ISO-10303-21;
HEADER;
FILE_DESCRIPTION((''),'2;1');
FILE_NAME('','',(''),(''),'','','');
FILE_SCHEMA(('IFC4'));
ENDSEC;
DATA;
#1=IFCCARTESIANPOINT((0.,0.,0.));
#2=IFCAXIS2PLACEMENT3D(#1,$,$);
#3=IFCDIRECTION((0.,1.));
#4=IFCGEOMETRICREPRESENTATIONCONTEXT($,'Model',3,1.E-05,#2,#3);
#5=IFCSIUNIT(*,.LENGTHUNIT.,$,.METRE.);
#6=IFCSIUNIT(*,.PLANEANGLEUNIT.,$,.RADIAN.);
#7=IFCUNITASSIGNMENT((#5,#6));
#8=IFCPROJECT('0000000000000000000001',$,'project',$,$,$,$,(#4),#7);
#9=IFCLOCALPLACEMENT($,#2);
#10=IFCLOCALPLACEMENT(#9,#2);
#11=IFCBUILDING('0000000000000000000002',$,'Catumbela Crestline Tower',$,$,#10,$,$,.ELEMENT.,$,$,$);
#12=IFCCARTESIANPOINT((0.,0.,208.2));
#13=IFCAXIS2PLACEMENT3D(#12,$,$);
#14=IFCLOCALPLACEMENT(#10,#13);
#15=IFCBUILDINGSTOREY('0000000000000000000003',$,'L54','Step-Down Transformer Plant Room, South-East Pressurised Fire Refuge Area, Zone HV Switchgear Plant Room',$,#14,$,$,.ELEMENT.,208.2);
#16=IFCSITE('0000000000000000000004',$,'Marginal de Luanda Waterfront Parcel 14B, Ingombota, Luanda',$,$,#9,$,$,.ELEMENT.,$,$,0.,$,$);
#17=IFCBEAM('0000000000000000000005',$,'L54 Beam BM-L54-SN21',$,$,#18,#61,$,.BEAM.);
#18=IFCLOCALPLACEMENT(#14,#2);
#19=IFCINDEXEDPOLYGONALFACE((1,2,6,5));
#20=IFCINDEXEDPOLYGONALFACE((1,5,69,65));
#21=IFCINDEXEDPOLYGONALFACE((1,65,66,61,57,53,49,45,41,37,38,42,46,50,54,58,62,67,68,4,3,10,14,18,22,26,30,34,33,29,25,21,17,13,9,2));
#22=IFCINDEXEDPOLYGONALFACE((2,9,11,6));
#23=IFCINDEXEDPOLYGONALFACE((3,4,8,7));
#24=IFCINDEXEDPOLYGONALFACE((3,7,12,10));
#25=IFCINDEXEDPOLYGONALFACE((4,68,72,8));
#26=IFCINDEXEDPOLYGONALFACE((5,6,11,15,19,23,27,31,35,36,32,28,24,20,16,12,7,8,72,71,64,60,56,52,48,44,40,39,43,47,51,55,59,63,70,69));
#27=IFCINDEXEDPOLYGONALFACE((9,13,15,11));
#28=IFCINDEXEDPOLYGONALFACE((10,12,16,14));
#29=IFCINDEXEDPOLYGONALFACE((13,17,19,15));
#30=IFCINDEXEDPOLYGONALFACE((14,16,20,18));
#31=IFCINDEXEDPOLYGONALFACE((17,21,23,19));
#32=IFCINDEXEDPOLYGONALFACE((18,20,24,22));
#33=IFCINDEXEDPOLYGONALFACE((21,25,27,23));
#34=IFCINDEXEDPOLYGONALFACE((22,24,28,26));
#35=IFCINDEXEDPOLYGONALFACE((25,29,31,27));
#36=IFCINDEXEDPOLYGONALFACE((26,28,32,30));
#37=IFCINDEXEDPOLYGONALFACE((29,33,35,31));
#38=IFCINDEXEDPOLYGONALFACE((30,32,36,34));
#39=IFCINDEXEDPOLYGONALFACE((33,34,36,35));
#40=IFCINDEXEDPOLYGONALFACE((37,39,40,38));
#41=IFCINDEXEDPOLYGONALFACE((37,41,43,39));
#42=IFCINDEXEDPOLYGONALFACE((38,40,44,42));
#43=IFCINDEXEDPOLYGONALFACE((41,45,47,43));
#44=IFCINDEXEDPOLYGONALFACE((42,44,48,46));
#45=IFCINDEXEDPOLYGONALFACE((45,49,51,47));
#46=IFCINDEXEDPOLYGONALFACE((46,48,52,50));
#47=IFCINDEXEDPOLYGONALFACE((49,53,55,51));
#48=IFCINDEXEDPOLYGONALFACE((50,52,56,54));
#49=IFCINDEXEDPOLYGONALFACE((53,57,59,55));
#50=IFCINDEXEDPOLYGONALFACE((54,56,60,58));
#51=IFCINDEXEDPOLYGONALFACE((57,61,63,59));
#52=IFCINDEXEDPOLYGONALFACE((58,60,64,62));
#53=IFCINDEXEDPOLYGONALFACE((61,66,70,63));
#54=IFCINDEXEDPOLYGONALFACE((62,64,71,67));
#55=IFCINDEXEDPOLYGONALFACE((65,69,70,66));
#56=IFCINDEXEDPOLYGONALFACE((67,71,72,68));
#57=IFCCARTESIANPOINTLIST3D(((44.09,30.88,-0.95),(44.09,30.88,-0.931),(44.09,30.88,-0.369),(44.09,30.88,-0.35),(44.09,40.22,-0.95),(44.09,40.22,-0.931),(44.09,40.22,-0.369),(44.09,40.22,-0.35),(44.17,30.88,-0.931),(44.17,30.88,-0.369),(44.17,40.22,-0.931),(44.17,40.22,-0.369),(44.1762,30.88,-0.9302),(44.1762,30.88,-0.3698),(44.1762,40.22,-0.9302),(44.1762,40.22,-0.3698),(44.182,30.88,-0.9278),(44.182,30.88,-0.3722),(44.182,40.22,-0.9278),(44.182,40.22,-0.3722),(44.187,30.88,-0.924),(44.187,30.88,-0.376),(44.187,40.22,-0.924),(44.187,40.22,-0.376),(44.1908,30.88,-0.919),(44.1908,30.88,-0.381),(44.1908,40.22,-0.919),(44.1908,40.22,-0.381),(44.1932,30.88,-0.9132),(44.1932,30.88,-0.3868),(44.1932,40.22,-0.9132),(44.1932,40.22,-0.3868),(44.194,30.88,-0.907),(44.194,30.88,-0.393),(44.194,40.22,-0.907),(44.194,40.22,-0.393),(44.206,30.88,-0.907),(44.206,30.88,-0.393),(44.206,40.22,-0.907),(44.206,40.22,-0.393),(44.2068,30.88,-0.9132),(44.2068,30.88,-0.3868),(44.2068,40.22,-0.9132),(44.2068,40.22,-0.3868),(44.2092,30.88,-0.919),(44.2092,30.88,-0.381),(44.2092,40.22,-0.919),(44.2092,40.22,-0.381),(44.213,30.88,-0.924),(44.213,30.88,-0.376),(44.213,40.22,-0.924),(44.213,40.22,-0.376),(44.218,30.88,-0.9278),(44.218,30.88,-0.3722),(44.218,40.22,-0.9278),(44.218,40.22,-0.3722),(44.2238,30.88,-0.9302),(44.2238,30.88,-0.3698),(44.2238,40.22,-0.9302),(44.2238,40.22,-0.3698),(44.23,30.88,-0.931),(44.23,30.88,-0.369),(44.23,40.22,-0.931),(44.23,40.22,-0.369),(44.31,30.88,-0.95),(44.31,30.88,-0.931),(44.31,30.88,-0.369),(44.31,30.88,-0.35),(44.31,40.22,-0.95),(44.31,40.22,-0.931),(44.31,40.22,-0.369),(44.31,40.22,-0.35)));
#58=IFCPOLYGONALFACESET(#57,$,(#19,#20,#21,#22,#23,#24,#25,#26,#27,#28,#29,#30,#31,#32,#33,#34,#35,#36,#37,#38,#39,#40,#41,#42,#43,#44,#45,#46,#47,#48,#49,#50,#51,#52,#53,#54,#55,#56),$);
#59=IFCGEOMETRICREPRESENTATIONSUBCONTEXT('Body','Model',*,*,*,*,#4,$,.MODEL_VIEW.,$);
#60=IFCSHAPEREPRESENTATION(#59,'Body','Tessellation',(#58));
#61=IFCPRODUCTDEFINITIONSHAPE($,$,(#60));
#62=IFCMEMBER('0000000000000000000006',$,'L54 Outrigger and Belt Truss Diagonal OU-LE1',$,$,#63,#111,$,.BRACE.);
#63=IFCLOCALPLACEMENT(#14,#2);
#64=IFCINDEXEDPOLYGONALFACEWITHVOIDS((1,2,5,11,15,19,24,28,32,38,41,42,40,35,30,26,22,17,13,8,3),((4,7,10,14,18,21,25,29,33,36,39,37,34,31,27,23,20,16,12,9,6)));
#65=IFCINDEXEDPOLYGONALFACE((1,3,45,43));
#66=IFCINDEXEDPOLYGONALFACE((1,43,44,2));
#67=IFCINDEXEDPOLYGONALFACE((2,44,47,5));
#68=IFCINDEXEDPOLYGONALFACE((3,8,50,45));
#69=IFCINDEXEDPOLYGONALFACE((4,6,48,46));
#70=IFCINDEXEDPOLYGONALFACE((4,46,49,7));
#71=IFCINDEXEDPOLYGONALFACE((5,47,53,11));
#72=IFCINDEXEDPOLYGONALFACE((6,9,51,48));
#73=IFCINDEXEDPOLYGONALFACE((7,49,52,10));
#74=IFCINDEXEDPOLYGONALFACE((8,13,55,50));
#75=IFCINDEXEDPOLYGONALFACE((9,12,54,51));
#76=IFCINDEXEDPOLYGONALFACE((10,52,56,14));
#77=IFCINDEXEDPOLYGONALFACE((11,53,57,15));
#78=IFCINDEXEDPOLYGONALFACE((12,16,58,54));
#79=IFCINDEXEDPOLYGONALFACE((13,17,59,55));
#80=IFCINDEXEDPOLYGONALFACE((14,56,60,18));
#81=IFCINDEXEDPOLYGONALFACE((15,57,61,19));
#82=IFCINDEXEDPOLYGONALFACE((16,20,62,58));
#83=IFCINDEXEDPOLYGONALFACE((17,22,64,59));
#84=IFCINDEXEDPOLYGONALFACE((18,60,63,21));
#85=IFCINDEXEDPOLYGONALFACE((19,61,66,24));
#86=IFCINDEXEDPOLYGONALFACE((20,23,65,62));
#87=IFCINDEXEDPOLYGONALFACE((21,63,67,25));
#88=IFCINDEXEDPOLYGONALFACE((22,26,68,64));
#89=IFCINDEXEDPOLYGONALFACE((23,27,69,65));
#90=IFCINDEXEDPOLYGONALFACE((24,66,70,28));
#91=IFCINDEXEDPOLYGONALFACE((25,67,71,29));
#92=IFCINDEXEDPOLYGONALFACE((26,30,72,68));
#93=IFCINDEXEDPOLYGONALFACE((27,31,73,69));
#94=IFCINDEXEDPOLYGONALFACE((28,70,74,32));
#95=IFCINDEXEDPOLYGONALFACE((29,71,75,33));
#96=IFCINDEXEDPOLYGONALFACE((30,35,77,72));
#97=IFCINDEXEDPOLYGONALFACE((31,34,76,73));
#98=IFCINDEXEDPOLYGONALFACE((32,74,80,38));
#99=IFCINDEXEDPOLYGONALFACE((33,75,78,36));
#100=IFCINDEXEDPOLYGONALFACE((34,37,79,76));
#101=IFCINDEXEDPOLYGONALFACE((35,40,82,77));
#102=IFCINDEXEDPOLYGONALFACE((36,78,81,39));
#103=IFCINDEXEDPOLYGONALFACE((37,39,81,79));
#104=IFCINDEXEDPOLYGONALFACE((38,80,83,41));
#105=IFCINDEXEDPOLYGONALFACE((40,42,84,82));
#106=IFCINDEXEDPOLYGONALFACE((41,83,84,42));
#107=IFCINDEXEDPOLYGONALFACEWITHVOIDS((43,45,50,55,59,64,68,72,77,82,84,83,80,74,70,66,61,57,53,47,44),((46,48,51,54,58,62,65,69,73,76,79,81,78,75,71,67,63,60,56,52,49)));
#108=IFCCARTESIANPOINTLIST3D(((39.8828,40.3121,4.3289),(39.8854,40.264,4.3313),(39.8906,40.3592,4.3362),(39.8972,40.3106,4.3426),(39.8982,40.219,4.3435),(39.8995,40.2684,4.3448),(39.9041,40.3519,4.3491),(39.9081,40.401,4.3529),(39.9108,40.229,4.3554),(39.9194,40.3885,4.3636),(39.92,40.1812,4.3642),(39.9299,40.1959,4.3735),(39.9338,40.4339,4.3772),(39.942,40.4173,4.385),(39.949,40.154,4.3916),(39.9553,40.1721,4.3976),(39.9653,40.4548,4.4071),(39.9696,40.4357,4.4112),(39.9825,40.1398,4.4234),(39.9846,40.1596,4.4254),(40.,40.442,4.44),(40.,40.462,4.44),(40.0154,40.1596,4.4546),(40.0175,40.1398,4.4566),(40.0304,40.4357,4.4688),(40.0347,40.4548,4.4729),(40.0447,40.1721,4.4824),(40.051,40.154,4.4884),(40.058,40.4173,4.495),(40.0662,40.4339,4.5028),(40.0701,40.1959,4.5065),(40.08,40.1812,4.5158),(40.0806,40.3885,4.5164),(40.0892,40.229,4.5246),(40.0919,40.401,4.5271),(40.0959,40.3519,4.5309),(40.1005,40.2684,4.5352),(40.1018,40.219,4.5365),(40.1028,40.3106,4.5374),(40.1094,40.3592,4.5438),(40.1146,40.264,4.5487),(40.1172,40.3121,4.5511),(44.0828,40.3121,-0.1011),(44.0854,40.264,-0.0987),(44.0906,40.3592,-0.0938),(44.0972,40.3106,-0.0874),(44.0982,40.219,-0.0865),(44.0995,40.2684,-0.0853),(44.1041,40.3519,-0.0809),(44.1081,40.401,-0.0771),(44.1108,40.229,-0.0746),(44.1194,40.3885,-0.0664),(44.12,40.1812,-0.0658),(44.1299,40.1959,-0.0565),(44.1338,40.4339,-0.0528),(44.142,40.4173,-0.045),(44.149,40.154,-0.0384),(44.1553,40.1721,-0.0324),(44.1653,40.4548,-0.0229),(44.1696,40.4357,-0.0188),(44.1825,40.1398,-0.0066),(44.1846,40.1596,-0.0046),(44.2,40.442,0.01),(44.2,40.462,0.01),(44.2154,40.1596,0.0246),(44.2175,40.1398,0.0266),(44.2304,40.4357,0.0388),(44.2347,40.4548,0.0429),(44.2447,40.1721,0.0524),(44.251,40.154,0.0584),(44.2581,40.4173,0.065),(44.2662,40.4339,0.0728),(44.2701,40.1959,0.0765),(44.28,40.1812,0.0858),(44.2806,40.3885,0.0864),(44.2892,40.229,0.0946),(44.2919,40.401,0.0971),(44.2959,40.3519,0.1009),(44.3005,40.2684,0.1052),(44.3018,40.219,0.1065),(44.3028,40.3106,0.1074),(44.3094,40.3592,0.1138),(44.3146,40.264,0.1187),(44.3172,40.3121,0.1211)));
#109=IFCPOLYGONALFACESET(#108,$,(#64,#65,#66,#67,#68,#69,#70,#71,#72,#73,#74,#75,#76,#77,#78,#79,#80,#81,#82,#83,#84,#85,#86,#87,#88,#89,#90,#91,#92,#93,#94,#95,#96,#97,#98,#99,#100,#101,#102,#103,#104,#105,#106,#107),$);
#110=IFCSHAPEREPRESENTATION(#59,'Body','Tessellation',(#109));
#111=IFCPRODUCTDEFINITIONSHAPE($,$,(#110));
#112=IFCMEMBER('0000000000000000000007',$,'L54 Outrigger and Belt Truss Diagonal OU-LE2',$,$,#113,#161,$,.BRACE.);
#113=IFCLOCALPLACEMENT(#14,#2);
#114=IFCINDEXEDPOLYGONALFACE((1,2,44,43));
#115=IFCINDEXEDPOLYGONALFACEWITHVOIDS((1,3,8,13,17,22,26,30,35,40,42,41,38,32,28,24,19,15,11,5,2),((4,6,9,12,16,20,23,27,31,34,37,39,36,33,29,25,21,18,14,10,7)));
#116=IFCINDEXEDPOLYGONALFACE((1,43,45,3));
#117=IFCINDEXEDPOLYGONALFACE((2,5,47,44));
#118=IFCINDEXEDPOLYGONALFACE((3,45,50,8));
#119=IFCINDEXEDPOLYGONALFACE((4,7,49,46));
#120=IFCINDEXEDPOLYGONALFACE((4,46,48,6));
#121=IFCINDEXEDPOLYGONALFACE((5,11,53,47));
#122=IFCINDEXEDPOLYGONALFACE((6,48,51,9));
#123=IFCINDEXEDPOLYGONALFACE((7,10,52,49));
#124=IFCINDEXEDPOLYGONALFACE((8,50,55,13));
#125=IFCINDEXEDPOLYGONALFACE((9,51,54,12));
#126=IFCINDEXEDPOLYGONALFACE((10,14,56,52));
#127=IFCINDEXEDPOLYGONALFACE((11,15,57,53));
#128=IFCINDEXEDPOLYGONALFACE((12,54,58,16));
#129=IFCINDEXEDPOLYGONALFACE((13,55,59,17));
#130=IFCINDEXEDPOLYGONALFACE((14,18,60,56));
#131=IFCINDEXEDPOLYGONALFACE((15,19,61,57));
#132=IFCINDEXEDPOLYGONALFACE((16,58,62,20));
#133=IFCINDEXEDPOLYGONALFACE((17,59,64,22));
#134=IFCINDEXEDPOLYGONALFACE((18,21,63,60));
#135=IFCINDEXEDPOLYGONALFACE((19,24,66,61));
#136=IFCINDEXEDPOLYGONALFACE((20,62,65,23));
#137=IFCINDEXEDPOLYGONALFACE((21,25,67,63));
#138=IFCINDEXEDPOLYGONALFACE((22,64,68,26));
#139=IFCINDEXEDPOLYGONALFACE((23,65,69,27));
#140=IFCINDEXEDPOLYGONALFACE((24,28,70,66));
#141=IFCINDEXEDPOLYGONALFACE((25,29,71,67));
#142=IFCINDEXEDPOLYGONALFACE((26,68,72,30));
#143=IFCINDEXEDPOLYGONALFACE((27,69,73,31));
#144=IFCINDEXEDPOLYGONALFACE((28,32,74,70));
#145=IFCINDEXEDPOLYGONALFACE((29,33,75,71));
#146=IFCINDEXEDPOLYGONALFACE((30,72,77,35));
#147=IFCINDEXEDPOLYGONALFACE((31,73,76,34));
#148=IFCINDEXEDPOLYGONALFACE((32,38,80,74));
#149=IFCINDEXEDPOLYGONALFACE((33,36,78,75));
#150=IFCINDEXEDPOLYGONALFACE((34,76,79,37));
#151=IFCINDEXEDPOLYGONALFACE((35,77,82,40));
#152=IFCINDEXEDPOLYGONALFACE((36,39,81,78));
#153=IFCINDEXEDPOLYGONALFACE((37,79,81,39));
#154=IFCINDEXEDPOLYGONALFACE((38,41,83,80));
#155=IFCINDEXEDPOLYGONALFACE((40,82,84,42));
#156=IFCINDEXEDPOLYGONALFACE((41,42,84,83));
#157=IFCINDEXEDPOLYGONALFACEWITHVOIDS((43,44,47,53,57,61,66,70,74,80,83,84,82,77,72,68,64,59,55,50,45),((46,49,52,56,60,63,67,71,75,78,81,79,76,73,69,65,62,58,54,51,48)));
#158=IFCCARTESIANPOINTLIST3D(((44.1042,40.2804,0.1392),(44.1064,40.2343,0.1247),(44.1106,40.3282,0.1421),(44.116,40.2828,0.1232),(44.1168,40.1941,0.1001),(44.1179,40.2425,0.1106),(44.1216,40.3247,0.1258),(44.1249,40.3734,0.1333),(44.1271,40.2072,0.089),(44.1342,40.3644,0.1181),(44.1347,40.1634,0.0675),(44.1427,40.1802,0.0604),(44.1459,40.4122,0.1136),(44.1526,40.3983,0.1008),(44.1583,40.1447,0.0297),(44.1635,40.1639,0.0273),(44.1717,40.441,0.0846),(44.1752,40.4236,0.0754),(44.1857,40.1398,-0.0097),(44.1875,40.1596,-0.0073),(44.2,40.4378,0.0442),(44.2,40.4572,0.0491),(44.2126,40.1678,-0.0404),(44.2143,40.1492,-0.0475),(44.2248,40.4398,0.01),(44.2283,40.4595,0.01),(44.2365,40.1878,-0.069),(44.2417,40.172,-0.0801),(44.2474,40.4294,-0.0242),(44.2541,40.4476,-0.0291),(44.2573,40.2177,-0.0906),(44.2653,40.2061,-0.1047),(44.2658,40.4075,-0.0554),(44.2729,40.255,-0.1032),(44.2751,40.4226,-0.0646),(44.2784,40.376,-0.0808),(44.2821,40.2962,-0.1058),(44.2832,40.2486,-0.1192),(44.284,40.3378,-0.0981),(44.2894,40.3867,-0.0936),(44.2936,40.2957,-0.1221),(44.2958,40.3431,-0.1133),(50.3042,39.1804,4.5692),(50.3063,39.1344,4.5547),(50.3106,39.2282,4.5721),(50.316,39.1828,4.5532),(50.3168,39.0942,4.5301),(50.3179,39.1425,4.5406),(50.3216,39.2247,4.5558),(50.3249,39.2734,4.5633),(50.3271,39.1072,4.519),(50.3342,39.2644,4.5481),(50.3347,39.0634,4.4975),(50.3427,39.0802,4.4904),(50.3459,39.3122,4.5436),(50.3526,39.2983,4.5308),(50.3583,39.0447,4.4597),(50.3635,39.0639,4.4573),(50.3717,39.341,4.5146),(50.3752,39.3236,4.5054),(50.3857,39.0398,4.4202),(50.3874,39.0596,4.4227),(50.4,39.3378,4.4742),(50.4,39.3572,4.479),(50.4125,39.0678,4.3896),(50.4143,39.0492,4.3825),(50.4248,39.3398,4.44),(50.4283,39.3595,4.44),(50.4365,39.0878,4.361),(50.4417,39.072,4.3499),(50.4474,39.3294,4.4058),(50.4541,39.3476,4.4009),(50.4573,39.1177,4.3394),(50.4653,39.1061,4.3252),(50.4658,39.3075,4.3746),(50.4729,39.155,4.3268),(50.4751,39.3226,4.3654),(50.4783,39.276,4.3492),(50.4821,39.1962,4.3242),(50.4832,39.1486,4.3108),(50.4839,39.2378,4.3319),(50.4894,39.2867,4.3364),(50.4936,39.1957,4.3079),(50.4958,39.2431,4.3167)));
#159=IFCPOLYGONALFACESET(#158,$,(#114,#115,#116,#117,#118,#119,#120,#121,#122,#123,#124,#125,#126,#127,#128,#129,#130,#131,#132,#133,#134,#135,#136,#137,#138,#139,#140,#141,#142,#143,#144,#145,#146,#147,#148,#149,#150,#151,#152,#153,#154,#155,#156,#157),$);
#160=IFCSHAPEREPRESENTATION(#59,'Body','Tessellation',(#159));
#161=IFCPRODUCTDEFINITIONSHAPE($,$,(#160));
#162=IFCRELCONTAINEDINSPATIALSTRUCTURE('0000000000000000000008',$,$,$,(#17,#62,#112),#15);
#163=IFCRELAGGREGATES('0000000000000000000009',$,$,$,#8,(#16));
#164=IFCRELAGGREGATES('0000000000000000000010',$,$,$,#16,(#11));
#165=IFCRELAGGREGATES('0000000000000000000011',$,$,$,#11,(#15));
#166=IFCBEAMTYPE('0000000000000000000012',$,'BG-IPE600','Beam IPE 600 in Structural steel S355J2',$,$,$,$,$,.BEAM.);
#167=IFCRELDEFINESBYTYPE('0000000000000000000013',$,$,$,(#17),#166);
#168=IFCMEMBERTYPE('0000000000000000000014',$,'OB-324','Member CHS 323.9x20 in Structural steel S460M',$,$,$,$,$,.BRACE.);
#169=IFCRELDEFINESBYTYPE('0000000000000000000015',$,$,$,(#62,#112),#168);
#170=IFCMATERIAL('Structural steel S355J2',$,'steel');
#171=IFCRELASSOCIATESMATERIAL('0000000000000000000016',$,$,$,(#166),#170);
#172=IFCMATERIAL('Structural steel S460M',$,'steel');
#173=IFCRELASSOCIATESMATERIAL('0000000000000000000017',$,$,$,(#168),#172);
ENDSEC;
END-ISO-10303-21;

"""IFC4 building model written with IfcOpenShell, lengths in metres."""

from ifc_helpers import new_model, si_unit, direction, frame, origin, origin_2d, place, context, subcontext, project, spatial, hollow_circle, i_section, extrude, material, material_profile, profile_set, type_object, element, save


model = new_model("IFC4")

# Units and contexts
model_context = context("Model", 3, precision=1e-05, world=origin(), true_north=direction((0.0, 1.0)))
body_context = subcontext(model_context, "Body", "Model", "MODEL_VIEW")
ifc_project = project(units=[si_unit("LENGTHUNIT", "METRE"), si_unit("PLANEANGLEUNIT", "RADIAN")], contexts=[model_context])

# Site, building, storey
site_placement = place(None, origin())
site = spatial("IfcSite", under=ifc_project, at=site_placement, Name="Marginal de Luanda Waterfront Parcel 14B, Ingombota, Luanda", CompositionType="ELEMENT", RefElevation=0.0)
building_placement = place(site_placement, origin())
building = spatial("IfcBuilding", under=site, at=building_placement, Name="Catumbela Crestline Tower", CompositionType="ELEMENT")
storey_placement = place(building_placement, frame((0.0, 0.0, 208.2)))
storey = spatial("IfcBuildingStorey", under=building, at=storey_placement, Name="L54", Description="Step-Down Transformer Plant Room, South-East Pressurised Fire Refuge Area, Zone HV Switchgear Plant Room", CompositionType="ELEMENT", Elevation=208.2)

# Shared definitions
ifc_material_1 = material(Name="Structural steel S355J2", Category="steel")

# Beam
ifc_material_profile_1 = material_profile(ifc_material_1, i_section(OverallWidth=0.22, OverallDepth=0.6, WebThickness=0.012, FlangeThickness=0.019, FilletRadius=0.024, at=origin_2d()), Name="IPE 600")
ifc_profile_set_1 = profile_set([ifc_material_profile_1], Name="Structural steel S355J2")
beam_type_1 = type_object("IfcBeamType", Name="BG-IPE600", Description="Beam IPE 600 in Structural steel S355J2", PredefinedType="BEAM", material=ifc_profile_set_1)
beam_1_placement = place(storey_placement, frame((44.2, 30.88, -0.65), z_axis=(0.0, 1.0, 0.0), x_axis=(-1.0, 0.0, 0.0)))
element("IfcBeam", 1, at=beam_1_placement, inside=storey, type_object=beam_type_1, Name="L54 Beam BM-L54-SN21", PredefinedType="BEAM", context=body_context, shape_type="SweptSolid", body=[
    extrude(i_section(OverallWidth=0.22, OverallDepth=0.6, WebThickness=0.012, FlangeThickness=0.019, FilletRadius=0.024, at=origin_2d()), origin(), (0.0, 0.0, 1.0), 9.34),
])

# Members
ifc_material_2 = material(Name="Structural steel S460M", Category="steel")
ifc_material_profile_2 = material_profile(ifc_material_2, hollow_circle(Radius=0.162, WallThickness=0.02, at=origin_2d()), Name="CHS 323.9x20")
ifc_profile_set_2 = profile_set([ifc_material_profile_2], Name="Structural steel S460M")
member_type = type_object("IfcMemberType", Name="OB-324", Description="Member CHS 323.9x20 in Structural steel S460M", PredefinedType="BRACE", material=ifc_profile_set_2)
member_1_placement = place(storey_placement, frame((40.0, 40.3, 4.44), z_axis=(0.688017, 0.0, -0.725694), x_axis=(0.0, 1.0, 0.0)))
element("IfcMember", 2, at=member_1_placement, inside=storey, type_object=member_type, Name="L54 Outrigger and Belt Truss Diagonal OU-LE1", PredefinedType="BRACE", context=body_context, shape_type="SweptSolid", body=[
    extrude(hollow_circle(Radius=0.162, WallThickness=0.02, at=origin_2d()), origin(), (0.0, 0.0, 1.0), 6.1045),
])
member_2_placement = place(storey_placement, frame((44.2, 40.3, 0.01), z_axis=(0.805297, -0.142875, 0.575398), x_axis=(0.174691, 0.984623, 0.0)))
element("IfcMember", 3, at=member_2_placement, inside=storey, type_object=member_type, Name="L54 Outrigger and Belt Truss Diagonal OU-LE2", PredefinedType="BRACE", context=body_context, shape_type="SweptSolid", body=[
    extrude(hollow_circle(Radius=0.162, WallThickness=0.02, at=origin_2d()), origin(), (0.0, 0.0, 1.0), 7.699),
])

save(model, "model.ifc")
